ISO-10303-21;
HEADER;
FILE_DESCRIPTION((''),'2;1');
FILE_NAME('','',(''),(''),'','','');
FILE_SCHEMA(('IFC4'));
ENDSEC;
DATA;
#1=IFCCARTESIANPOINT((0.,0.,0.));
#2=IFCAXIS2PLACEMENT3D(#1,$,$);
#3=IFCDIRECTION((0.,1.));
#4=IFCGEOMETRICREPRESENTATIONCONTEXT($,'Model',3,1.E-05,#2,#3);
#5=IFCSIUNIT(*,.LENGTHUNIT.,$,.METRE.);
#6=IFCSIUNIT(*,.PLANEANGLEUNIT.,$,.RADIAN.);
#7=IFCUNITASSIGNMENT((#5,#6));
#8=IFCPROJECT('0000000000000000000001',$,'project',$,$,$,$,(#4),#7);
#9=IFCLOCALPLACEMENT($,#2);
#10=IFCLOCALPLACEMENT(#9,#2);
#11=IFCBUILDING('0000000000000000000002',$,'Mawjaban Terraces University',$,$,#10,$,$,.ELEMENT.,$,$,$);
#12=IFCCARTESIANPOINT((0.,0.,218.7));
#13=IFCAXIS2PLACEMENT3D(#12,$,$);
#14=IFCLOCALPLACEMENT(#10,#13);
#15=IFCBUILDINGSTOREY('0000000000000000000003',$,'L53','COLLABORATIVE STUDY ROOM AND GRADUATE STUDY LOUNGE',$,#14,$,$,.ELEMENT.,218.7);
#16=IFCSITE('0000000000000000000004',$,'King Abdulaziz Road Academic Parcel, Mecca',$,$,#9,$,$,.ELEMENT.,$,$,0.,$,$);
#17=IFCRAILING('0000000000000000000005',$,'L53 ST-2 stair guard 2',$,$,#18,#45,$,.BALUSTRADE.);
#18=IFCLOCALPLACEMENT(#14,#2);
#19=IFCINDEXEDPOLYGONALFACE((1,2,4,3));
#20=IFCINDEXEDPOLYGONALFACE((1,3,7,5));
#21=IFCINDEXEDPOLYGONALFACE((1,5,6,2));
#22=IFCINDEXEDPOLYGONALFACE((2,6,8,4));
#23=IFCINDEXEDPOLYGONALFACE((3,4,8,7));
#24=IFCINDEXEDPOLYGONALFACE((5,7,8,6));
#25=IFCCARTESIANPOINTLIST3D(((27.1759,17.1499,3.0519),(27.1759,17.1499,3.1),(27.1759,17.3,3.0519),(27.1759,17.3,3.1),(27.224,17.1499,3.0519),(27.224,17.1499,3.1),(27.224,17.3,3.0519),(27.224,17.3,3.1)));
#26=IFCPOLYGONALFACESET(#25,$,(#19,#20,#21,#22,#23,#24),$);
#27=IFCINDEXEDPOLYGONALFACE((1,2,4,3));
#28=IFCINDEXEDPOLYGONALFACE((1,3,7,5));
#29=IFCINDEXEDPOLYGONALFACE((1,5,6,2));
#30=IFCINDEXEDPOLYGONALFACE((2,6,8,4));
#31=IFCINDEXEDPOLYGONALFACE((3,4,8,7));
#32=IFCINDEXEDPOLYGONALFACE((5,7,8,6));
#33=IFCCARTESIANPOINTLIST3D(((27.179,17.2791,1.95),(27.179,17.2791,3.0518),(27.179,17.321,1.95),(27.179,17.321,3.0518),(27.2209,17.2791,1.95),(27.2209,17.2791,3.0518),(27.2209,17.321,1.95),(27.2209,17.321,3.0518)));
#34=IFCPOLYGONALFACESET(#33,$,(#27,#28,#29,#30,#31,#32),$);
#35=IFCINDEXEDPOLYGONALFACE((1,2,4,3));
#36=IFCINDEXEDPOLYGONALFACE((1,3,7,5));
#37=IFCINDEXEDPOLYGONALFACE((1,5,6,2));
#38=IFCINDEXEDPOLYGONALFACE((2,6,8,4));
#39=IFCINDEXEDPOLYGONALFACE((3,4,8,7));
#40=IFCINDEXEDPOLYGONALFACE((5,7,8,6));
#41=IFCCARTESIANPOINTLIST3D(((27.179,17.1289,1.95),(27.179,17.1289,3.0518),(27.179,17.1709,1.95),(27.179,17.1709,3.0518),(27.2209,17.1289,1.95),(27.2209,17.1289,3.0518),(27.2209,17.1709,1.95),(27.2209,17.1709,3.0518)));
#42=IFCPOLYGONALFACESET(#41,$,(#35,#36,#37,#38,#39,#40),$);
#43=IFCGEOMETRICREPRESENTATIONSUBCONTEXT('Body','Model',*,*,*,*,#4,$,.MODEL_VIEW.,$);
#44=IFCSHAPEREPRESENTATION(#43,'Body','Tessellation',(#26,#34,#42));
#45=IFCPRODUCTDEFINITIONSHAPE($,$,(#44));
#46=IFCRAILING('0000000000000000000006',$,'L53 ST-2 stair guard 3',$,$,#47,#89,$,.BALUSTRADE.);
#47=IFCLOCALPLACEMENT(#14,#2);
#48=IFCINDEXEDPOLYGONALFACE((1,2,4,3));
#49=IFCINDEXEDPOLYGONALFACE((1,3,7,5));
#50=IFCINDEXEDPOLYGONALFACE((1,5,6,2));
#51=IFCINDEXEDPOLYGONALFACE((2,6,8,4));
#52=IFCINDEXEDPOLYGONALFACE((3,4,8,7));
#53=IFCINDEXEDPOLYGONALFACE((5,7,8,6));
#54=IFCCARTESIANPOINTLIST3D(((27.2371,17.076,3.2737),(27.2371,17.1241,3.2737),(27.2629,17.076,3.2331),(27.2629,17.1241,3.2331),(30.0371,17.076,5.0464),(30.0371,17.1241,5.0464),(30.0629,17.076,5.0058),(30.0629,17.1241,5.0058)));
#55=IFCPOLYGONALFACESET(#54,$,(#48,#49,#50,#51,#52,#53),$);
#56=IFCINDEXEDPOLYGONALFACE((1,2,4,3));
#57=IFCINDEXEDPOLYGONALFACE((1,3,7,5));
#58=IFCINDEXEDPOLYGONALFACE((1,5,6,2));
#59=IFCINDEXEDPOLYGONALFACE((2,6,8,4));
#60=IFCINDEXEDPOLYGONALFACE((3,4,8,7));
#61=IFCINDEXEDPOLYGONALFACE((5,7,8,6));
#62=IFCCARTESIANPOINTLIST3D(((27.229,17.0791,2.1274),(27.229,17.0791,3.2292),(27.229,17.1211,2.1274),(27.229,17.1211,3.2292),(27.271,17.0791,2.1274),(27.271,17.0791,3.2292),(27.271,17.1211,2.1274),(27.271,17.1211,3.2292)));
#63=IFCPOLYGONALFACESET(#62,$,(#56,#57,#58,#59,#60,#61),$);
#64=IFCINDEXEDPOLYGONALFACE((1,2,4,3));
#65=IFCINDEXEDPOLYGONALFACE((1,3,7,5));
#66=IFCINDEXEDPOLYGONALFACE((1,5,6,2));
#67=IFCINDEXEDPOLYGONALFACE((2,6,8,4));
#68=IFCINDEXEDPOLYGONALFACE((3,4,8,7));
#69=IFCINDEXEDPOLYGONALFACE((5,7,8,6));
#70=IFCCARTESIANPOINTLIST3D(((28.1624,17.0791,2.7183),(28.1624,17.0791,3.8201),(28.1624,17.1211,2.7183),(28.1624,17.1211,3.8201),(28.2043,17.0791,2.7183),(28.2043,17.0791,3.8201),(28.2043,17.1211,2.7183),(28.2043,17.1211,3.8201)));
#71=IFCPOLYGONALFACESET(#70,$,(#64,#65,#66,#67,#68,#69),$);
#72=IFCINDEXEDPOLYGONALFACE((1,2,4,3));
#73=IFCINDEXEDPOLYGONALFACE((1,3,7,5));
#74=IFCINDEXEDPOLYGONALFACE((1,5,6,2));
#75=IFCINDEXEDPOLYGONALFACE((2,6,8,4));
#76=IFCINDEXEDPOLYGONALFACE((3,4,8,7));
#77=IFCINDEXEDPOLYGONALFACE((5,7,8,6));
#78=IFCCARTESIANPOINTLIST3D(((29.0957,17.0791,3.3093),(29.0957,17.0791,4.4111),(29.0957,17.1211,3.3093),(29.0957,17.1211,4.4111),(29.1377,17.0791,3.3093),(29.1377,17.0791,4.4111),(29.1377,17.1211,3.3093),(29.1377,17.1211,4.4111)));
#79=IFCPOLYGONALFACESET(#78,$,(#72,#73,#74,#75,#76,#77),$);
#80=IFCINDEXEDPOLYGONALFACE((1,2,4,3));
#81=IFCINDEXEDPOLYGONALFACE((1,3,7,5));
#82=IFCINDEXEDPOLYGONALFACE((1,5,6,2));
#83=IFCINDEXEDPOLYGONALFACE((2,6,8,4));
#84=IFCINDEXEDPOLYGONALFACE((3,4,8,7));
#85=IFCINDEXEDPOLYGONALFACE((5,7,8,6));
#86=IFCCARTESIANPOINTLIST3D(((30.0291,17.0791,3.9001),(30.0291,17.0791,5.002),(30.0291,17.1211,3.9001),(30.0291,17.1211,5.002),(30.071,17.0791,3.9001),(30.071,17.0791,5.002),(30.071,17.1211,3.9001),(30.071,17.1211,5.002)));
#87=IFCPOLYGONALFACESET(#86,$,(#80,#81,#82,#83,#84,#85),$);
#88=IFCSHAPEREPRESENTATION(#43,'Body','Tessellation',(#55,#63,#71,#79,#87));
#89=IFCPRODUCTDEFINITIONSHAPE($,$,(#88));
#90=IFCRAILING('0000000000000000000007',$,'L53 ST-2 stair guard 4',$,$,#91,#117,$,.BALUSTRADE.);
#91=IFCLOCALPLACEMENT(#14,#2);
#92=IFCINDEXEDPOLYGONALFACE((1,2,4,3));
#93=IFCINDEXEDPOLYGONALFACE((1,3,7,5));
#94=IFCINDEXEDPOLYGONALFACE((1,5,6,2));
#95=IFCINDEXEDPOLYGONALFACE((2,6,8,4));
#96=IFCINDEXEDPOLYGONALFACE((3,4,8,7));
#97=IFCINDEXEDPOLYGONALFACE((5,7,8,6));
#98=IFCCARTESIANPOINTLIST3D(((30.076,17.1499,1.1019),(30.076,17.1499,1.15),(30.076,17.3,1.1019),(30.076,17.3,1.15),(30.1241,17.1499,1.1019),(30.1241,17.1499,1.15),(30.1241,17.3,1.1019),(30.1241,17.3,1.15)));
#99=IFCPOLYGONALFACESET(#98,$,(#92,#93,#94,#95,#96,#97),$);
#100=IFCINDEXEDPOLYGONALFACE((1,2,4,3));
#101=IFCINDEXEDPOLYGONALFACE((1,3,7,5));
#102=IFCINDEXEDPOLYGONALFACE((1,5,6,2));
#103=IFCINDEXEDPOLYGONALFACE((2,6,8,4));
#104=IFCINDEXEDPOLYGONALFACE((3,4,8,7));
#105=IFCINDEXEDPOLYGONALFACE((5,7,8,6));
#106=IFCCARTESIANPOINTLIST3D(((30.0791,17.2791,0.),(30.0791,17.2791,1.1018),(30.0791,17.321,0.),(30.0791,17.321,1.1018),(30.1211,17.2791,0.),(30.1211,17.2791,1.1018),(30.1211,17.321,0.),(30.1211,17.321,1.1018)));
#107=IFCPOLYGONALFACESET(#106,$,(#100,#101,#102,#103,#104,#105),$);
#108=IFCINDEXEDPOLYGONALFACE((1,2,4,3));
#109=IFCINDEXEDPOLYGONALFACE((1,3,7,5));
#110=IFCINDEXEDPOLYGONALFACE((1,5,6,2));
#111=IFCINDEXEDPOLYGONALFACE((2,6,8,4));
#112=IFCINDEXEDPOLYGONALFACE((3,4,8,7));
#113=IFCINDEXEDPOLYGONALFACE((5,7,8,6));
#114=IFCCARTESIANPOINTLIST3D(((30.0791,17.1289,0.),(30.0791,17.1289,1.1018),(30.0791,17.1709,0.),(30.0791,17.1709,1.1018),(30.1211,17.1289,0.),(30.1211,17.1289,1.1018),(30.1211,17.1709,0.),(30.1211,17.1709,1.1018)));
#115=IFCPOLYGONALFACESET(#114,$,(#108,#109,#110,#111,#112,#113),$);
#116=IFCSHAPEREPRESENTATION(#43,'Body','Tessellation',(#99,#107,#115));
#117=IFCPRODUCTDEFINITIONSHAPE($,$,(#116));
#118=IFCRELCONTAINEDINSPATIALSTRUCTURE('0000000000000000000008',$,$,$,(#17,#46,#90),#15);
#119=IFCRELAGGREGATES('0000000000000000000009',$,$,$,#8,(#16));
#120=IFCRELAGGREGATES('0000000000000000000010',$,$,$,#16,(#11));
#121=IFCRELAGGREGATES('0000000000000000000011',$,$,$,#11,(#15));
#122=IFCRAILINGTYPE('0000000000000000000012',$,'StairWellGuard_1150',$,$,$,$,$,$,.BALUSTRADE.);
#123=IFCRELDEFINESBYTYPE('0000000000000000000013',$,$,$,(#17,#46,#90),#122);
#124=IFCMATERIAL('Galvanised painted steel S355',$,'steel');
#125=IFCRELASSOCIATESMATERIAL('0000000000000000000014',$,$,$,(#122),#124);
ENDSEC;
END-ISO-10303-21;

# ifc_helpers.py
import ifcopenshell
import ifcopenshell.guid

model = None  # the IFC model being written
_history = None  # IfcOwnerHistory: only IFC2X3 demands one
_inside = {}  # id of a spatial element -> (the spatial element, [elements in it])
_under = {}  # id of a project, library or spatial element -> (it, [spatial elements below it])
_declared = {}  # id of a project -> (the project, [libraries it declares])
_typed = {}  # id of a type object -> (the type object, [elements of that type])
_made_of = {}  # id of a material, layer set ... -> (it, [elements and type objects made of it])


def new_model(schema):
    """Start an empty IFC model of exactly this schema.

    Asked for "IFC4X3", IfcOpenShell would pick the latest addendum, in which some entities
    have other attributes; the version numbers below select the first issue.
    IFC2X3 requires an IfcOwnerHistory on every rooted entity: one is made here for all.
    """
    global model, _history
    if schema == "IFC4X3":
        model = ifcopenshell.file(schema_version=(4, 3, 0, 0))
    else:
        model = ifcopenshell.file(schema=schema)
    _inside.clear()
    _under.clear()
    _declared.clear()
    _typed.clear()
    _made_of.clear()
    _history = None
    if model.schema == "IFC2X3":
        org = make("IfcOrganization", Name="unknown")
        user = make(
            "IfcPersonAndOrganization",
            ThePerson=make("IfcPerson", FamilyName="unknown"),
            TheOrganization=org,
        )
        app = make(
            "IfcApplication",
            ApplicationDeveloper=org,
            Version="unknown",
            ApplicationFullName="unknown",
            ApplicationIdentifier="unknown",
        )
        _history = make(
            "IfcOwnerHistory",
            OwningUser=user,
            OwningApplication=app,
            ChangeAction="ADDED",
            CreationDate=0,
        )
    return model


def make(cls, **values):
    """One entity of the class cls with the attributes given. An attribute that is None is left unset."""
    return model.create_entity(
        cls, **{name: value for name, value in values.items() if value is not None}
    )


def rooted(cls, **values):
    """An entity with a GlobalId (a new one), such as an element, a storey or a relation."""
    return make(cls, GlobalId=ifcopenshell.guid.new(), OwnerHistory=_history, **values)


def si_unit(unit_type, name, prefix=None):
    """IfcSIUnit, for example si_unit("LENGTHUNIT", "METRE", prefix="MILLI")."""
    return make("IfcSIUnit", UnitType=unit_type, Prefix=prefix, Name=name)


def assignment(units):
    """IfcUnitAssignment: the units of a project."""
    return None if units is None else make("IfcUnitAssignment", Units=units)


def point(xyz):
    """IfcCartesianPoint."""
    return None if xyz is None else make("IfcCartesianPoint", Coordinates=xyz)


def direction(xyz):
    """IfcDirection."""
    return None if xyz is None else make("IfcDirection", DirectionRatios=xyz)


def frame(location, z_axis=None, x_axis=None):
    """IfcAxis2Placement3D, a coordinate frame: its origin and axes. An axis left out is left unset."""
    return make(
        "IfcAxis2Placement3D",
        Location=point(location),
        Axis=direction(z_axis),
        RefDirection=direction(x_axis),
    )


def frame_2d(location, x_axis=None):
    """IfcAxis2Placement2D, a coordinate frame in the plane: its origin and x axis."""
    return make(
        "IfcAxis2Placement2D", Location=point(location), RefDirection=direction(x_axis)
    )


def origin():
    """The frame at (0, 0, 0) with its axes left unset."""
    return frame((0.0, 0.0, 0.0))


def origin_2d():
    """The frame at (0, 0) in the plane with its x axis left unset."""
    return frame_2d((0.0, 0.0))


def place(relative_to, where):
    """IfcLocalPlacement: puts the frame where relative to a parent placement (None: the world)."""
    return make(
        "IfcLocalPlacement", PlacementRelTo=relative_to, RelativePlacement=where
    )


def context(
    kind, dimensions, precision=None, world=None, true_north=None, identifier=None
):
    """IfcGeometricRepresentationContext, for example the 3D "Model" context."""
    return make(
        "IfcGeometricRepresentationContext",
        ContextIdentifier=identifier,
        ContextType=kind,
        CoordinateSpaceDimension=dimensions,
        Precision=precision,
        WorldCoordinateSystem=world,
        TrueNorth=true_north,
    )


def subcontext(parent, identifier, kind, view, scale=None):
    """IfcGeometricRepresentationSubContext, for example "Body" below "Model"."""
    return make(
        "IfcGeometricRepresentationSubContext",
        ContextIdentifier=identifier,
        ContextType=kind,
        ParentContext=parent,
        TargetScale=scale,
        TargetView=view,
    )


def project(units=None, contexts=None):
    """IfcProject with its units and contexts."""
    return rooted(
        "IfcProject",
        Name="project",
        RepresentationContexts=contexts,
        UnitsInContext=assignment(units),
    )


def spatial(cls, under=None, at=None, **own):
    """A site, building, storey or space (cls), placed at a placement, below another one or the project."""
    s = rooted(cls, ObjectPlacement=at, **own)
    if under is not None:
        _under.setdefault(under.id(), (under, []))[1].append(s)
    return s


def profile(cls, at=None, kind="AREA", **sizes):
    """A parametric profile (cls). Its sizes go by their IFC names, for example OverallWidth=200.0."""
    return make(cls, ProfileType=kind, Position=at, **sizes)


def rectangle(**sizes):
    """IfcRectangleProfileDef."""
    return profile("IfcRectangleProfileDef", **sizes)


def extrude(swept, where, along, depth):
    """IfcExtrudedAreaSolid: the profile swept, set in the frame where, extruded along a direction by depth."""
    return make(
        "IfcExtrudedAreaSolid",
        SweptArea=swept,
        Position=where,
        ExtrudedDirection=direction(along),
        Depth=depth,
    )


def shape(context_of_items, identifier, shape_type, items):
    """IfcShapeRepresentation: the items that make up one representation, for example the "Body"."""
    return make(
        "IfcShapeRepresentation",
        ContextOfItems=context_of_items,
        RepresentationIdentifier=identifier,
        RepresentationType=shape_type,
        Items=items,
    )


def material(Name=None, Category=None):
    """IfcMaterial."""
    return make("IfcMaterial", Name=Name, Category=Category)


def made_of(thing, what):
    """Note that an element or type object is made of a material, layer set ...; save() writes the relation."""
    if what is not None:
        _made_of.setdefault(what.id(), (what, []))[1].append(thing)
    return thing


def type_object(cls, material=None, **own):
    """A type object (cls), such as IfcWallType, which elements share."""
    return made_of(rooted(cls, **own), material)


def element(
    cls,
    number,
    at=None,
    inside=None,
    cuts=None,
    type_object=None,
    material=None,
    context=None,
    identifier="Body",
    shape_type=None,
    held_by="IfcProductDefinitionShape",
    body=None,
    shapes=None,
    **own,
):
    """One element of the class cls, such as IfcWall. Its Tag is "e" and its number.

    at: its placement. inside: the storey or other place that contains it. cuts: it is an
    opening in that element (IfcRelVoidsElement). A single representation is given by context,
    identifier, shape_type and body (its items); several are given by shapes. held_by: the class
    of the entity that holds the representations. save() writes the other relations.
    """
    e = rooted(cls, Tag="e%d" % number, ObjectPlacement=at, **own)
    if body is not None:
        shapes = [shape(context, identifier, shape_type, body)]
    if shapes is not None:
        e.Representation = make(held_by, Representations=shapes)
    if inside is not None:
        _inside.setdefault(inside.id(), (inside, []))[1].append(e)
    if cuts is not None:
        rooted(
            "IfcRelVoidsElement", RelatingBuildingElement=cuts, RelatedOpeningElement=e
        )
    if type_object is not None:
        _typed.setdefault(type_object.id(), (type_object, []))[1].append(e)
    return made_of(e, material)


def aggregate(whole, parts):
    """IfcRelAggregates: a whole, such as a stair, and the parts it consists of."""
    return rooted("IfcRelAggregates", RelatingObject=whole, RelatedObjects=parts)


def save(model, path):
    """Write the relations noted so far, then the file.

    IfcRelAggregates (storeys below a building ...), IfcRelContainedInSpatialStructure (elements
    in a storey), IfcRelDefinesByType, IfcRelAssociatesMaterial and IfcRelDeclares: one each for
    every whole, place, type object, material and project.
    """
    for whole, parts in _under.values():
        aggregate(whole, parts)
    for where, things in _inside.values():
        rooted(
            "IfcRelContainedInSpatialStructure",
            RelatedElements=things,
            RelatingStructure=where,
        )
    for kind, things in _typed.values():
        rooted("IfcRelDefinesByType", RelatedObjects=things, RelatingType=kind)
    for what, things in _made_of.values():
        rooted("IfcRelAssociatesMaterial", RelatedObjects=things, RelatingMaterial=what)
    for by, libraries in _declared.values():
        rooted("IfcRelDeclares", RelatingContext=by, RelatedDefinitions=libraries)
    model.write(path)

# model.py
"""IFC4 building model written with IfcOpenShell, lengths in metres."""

from ifc_helpers import new_model, si_unit, direction, frame, origin, origin_2d, place, context, subcontext, project, spatial, rectangle, extrude, material, type_object, element, save


model = new_model("IFC4")

# Units and contexts
model_context = context("Model", 3, precision=1e-05, world=origin(), true_north=direction((0.0, 1.0)))
body_context = subcontext(model_context, "Body", "Model", "MODEL_VIEW")
ifc_project = project(units=[si_unit("LENGTHUNIT", "METRE"), si_unit("PLANEANGLEUNIT", "RADIAN")], contexts=[model_context])

# Site, building, storey
site_placement = place(None, origin())
site = spatial("IfcSite", under=ifc_project, at=site_placement, Name="King Abdulaziz Road Academic Parcel, Mecca", CompositionType="ELEMENT", RefElevation=0.0)
building_placement = place(site_placement, origin())
building = spatial("IfcBuilding", under=site, at=building_placement, Name="Mawjaban Terraces University", CompositionType="ELEMENT")
storey_placement = place(building_placement, frame((0.0, 0.0, 218.7)))
storey = spatial("IfcBuildingStorey", under=building, at=storey_placement, Name="L53", Description="COLLABORATIVE STUDY ROOM AND GRADUATE STUDY LOUNGE", CompositionType="ELEMENT", Elevation=218.7)

# Railings
ifc_material_1 = material(Name="Galvanised painted steel S355", Category="steel")
railing_type_1 = type_object("IfcRailingType", Name="StairWellGuard_1150", PredefinedType="BALUSTRADE", material=ifc_material_1)
railing_1_placement = place(storey_placement, frame((27.2, 17.3, 1.95)))
element("IfcRailing", 1, at=railing_1_placement, inside=storey, type_object=railing_type_1, Name="L53 ST-2 stair guard 2", PredefinedType="BALUSTRADE", context=body_context, shape_type="SweptSolid", body=[
    extrude(rectangle(XDim=0.0481, YDim=0.0481, at=origin_2d()), frame((0.0, 0.0, 1.126), z_axis=(0.0, -1.0, 0.0), x_axis=(1.0, 0.0, 0.0)), (0.0, 0.0, 1.0), 0.1501),
    extrude(rectangle(XDim=0.042, YDim=0.042, at=origin_2d()), origin(), (0.0, 0.0, 1.0), 1.1018),
    extrude(rectangle(XDim=0.042, YDim=0.042, at=origin_2d()), frame((0.0, -0.1501, 0.0)), (0.0, 0.0, 1.0), 1.1018),
])
railing_2_placement = place(storey_placement, frame((27.25, 17.1001, 2.1274)))
element("IfcRailing", 2, at=railing_2_placement, inside=storey, type_object=railing_type_1, Name="L53 ST-2 stair guard 3", PredefinedType="BALUSTRADE", context=body_context, shape_type="SweptSolid", body=[
    extrude(rectangle(XDim=0.0481, YDim=0.0481, at=origin_2d()), frame((0.0, 0.0, 1.126), z_axis=(0.844909, 0.0, 0.53491), x_axis=(0.0, 1.0, 0.0)), (0.0, 0.0, 1.0), 3.314),
    extrude(rectangle(XDim=0.042, YDim=0.042, at=origin_2d()), origin(), (0.0, 0.0, 1.0), 1.1018),
    extrude(rectangle(XDim=0.042, YDim=0.042, at=origin_2d()), frame((0.9333, 0.0, 0.5908)), (0.0, 0.0, 1.0), 1.1018),
    extrude(rectangle(XDim=0.042, YDim=0.042, at=origin_2d()), frame((1.8667, 0.0, 1.1819)), (0.0, 0.0, 1.0), 1.1018),
    extrude(rectangle(XDim=0.042, YDim=0.042, at=origin_2d()), frame((2.8, 0.0, 1.7727)), (0.0, 0.0, 1.0), 1.1018),
])
railing_3_placement = place(storey_placement, frame((30.1001, 17.3, 0.0)))
element("IfcRailing", 3, at=railing_3_placement, inside=storey, type_object=railing_type_1, Name="L53 ST-2 stair guard 4", PredefinedType="BALUSTRADE", context=body_context, shape_type="SweptSolid", body=[
    extrude(rectangle(XDim=0.0481, YDim=0.0481, at=origin_2d()), frame((0.0, 0.0, 1.126), z_axis=(0.0, -1.0, 0.0), x_axis=(1.0, 0.0, 0.0)), (0.0, 0.0, 1.0), 0.1501),
    extrude(rectangle(XDim=0.042, YDim=0.042, at=origin_2d()), origin(), (0.0, 0.0, 1.0), 1.1018),
    extrude(rectangle(XDim=0.042, YDim=0.042, at=origin_2d()), frame((0.0, -0.1501, 0.0)), (0.0, 0.0, 1.0), 1.1018),
])

save(model, "model.ifc")
